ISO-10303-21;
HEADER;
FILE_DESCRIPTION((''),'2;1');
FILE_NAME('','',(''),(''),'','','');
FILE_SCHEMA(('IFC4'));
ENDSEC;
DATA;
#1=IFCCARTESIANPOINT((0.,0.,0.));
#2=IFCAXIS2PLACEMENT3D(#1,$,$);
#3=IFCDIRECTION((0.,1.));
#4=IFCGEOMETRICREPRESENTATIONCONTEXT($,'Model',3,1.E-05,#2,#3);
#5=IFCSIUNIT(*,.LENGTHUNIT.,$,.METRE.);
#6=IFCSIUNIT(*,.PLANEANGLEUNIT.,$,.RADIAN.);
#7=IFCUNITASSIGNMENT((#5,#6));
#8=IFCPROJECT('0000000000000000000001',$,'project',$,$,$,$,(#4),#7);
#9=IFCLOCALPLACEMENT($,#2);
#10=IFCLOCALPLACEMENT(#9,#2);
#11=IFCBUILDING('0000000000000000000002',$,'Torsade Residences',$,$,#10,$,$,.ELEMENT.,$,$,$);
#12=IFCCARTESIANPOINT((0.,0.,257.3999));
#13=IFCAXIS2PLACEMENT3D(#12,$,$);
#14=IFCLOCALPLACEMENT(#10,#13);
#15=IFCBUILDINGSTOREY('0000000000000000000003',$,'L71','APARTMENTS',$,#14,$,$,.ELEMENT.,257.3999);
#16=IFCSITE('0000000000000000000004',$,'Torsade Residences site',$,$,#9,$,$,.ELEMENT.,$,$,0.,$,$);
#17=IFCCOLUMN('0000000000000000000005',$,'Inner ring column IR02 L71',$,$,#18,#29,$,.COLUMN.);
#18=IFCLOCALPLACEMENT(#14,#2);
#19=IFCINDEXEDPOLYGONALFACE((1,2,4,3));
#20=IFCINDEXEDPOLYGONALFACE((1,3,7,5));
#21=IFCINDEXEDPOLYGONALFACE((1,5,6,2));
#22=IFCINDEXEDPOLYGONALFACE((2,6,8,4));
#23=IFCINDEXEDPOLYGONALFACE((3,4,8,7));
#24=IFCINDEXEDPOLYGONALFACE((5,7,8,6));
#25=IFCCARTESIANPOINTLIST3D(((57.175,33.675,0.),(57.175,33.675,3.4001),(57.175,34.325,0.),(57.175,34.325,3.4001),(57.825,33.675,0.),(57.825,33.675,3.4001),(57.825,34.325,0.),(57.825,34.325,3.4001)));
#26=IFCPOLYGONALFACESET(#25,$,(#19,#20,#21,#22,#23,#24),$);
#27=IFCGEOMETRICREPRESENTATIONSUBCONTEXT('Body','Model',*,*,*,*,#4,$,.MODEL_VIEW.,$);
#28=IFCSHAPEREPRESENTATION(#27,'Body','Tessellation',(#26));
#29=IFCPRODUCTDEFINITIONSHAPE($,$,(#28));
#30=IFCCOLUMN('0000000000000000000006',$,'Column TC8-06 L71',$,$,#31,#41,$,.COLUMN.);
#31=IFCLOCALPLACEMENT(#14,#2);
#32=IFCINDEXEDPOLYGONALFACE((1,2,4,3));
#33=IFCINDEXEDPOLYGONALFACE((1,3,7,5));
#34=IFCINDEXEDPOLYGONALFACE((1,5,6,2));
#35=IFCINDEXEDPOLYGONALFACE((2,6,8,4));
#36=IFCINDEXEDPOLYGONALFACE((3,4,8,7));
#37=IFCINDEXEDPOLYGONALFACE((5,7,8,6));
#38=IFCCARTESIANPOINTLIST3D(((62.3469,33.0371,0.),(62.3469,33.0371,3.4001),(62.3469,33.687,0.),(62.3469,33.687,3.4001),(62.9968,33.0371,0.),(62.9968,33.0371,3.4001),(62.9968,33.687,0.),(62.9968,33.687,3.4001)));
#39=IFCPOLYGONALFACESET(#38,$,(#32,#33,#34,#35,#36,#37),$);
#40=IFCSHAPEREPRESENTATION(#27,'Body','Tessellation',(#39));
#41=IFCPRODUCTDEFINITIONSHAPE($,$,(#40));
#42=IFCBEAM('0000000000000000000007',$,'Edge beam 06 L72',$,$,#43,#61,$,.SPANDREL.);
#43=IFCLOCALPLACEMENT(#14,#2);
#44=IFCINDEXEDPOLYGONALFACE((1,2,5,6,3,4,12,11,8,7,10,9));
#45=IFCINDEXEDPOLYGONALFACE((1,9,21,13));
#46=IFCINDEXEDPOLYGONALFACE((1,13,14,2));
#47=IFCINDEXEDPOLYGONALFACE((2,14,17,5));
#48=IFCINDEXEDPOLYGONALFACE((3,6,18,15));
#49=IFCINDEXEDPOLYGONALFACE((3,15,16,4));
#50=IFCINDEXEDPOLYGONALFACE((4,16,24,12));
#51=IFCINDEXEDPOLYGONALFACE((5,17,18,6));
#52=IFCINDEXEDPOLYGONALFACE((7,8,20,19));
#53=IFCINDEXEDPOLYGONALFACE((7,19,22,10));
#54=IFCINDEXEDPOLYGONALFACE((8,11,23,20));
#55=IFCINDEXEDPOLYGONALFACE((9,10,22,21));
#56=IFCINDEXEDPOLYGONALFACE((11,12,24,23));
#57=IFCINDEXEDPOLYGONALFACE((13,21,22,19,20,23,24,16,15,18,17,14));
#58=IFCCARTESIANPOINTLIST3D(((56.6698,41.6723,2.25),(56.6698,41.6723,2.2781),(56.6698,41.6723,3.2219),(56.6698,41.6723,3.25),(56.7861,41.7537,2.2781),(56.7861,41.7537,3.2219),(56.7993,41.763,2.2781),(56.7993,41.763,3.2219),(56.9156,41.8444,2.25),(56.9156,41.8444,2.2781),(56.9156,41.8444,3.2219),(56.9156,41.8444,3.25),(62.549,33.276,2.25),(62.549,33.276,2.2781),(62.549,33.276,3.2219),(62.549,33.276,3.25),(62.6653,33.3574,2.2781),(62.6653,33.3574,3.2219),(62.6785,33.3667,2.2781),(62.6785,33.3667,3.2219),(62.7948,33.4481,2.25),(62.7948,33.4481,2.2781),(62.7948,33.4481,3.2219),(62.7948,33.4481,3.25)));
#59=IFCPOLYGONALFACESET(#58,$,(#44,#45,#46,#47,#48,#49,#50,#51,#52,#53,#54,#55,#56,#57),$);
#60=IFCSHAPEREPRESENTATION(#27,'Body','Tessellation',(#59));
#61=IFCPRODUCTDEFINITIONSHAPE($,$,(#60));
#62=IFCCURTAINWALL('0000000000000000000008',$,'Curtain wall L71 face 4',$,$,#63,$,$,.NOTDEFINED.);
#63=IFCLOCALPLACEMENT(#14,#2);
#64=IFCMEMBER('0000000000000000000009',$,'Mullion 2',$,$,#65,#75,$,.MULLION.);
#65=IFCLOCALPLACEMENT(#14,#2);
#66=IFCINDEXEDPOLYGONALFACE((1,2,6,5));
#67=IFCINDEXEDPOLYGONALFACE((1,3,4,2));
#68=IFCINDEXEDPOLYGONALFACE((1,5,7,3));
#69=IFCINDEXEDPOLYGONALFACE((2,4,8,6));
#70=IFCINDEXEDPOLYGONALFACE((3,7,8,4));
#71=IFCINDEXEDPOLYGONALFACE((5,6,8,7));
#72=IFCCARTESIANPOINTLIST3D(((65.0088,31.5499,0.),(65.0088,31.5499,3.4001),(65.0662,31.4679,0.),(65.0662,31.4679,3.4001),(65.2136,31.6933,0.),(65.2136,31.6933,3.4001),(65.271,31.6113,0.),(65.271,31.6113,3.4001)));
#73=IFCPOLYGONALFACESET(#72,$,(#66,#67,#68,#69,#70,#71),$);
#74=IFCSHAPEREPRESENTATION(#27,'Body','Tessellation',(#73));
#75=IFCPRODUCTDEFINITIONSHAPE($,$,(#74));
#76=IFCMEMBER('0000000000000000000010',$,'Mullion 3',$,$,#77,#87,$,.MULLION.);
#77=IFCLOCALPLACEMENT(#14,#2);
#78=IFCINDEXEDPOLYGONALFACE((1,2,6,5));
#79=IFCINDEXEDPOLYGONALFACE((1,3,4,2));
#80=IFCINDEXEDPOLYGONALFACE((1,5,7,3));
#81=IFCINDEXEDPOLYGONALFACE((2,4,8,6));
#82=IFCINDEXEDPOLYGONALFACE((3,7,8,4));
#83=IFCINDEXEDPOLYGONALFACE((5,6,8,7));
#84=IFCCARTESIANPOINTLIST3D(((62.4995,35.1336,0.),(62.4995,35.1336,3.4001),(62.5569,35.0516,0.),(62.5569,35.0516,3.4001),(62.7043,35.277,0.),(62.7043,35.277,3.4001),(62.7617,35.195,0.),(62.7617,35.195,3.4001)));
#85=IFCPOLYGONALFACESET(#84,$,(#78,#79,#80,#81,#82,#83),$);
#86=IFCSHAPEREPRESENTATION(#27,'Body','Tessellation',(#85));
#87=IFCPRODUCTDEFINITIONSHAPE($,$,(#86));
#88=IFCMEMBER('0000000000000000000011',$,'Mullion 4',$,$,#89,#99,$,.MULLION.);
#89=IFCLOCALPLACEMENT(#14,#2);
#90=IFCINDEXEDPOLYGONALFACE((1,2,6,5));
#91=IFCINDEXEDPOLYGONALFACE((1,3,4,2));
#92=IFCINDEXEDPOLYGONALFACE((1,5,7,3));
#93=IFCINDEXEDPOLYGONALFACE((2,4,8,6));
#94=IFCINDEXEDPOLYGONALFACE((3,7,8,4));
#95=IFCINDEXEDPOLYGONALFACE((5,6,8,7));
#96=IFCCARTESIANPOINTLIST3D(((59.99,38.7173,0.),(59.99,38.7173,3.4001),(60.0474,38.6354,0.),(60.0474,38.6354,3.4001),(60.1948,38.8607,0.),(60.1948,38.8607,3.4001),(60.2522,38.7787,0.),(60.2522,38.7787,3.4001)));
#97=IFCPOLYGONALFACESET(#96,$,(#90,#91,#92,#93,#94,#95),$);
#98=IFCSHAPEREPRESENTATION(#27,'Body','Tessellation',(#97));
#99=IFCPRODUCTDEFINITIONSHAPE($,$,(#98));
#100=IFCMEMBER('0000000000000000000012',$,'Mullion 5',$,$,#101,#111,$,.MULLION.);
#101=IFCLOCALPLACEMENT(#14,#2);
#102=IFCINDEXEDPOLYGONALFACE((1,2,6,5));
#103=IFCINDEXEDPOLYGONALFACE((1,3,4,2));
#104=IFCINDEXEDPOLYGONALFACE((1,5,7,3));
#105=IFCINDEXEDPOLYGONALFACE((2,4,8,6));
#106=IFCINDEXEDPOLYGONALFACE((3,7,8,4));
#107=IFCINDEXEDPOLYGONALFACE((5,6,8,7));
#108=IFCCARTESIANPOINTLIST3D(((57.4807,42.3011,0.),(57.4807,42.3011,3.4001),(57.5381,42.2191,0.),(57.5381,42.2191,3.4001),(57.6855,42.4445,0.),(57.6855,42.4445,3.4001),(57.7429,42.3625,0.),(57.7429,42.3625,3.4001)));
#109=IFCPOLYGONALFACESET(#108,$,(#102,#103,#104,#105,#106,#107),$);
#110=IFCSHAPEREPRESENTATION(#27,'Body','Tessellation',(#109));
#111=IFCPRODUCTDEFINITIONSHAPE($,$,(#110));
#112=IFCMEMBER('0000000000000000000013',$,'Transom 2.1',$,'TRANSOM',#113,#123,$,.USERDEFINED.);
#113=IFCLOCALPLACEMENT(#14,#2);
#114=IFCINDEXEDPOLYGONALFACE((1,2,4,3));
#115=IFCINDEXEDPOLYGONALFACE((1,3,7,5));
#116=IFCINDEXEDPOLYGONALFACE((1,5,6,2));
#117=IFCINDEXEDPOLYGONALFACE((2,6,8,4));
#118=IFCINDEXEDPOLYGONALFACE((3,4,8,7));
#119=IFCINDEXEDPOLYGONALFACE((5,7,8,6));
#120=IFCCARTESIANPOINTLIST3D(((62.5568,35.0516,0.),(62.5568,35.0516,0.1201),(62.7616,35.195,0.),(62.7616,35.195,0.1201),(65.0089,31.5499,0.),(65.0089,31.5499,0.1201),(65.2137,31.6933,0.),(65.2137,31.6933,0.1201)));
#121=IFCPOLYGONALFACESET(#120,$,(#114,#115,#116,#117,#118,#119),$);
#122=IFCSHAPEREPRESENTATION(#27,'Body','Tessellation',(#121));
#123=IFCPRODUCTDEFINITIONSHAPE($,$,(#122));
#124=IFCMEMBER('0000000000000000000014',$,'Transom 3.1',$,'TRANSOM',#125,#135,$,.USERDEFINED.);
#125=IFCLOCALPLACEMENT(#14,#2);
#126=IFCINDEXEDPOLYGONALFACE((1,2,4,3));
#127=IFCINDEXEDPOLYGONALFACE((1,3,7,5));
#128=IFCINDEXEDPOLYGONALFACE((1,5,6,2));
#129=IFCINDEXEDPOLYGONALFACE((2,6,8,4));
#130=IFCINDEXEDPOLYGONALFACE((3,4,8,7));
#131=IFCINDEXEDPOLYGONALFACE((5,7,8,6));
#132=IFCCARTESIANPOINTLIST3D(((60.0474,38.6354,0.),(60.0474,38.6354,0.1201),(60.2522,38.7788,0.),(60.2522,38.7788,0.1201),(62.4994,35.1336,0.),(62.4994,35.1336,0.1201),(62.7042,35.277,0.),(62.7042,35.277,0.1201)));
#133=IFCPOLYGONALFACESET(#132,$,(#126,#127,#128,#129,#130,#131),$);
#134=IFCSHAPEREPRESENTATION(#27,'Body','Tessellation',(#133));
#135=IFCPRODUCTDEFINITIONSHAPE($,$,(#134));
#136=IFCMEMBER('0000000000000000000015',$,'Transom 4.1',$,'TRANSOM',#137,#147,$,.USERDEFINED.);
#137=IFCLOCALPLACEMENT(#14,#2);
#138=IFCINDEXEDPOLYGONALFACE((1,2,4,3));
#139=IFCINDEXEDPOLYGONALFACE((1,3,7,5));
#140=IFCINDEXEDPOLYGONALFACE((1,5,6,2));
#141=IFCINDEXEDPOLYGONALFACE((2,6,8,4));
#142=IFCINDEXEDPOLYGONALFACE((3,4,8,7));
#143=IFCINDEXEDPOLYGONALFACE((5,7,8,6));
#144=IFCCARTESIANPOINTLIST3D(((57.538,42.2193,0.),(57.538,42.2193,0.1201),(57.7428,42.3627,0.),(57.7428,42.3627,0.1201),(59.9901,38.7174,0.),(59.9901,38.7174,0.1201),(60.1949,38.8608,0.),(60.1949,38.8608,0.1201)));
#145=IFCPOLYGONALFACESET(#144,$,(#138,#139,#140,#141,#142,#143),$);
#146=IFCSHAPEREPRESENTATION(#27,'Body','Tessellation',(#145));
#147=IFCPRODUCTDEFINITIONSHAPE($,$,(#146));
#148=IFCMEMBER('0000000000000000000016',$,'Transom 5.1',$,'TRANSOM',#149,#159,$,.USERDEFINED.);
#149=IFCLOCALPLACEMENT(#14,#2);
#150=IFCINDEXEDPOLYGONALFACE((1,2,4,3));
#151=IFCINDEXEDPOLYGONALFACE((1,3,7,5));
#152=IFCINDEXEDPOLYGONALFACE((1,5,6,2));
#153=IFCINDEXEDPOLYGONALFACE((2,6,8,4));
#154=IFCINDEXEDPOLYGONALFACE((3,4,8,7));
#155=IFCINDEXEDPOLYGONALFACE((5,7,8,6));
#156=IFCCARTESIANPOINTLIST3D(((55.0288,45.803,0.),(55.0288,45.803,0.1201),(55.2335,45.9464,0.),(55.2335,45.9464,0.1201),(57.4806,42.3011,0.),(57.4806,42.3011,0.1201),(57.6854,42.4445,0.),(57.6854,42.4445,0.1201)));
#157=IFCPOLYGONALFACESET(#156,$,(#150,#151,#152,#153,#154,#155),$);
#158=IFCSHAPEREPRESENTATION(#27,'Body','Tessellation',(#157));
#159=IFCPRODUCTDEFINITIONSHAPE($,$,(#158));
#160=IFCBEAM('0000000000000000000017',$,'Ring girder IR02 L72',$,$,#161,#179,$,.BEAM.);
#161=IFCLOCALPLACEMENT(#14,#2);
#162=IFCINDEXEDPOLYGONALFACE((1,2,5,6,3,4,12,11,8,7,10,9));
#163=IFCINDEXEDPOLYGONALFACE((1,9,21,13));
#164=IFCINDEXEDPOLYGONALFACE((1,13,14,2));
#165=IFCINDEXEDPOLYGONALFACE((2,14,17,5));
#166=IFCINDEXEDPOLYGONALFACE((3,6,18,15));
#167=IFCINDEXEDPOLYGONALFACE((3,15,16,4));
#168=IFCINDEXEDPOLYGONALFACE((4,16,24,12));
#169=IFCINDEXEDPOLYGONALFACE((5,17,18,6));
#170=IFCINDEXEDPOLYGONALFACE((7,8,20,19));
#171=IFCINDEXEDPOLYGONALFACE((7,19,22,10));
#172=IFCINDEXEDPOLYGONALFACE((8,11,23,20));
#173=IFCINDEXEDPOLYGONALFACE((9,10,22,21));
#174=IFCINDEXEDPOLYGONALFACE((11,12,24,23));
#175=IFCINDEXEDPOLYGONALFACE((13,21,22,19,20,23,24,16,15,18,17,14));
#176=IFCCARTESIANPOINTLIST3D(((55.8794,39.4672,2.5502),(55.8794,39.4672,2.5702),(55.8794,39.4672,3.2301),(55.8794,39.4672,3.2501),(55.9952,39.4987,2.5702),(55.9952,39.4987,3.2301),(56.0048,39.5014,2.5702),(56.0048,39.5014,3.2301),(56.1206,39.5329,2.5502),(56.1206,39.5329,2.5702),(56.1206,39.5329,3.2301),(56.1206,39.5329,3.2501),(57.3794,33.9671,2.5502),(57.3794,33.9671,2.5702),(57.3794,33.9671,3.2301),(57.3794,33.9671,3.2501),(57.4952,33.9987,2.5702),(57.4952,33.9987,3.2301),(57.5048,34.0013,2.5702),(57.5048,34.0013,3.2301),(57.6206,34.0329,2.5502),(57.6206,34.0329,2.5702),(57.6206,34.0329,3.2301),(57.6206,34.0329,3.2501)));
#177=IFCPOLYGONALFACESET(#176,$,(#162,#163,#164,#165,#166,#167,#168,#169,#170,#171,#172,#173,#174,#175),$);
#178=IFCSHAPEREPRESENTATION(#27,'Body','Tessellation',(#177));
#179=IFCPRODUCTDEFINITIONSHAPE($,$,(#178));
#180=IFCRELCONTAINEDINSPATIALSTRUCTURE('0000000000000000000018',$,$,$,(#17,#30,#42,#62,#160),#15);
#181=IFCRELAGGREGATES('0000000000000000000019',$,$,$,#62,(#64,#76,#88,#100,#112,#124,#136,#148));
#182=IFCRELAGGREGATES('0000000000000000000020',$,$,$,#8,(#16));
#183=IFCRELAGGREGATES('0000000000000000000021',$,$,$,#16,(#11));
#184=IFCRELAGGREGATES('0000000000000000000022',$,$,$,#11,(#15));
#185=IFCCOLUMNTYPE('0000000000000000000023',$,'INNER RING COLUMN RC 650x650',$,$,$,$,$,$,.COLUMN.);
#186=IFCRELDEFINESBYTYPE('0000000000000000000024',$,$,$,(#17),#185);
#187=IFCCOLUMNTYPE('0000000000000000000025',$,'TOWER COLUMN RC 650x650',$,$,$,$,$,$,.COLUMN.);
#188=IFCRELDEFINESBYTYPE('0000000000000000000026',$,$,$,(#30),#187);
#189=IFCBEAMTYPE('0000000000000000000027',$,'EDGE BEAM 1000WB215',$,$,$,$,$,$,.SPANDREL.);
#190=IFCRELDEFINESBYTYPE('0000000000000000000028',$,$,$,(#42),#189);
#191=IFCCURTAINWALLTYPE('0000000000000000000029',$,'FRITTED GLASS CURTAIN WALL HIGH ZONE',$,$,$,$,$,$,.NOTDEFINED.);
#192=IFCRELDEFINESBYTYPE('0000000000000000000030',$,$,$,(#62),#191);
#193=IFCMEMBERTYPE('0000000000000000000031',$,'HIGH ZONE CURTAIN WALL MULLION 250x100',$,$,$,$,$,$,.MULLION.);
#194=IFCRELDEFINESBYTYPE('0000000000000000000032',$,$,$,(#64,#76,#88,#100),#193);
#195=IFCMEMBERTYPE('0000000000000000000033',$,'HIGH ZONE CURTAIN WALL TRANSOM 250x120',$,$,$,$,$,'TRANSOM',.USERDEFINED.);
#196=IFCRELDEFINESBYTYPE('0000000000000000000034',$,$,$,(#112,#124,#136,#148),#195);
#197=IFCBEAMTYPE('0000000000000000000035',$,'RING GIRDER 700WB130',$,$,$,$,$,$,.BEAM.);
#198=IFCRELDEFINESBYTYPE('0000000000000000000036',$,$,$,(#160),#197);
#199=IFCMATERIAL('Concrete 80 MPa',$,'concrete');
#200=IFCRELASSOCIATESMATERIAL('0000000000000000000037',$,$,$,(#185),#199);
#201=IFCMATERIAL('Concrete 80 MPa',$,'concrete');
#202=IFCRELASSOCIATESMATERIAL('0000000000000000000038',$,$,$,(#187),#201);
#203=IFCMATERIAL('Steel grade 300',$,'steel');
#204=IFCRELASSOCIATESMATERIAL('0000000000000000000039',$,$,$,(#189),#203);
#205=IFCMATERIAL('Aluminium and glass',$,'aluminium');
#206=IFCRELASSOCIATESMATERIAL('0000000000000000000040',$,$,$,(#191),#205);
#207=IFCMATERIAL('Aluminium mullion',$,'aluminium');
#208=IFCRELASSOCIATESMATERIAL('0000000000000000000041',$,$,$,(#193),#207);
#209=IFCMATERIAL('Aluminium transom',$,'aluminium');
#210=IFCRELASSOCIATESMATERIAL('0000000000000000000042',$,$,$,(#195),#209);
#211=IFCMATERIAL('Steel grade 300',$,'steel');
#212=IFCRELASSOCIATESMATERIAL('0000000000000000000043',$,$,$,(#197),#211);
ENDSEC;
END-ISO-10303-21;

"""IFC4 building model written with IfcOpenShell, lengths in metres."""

from ifc_helpers import new_model, si_unit, direction, frame, origin, origin_2d, place, context, subcontext, project, spatial, rectangle, i_section, extrude, material, material_profile, profile_set, type_object, element, aggregate, save


model = new_model("IFC4")

# Units and contexts
model_context = context("Model", 3, precision=1e-05, world=origin(), true_north=direction((0.0, 1.0)))
body_context = subcontext(model_context, "Body", "Model", "MODEL_VIEW")
ifc_project = project(units=[si_unit("LENGTHUNIT", "METRE"), si_unit("PLANEANGLEUNIT", "RADIAN")], contexts=[model_context])

# Site, building, storey
site_placement = place(None, origin())
site = spatial("IfcSite", under=ifc_project, at=site_placement, Name="Torsade Residences site", CompositionType="ELEMENT", RefElevation=0.0)
building_placement = place(site_placement, origin())
building = spatial("IfcBuilding", under=site, at=building_placement, Name="Torsade Residences", CompositionType="ELEMENT")
storey_placement = place(building_placement, frame((0.0, 0.0, 257.3999)))
storey = spatial("IfcBuildingStorey", under=building, at=storey_placement, Name="L71", Description="APARTMENTS", CompositionType="ELEMENT", Elevation=257.3999)

# Columns
ifc_material_1 = material(Name="Concrete 80 MPa", Category="concrete")
ifc_material_profile_1 = material_profile(ifc_material_1, rectangle(XDim=0.6499, YDim=0.6499, at=origin_2d()), Name="RC 650x650")
ifc_profile_set_1 = profile_set([ifc_material_profile_1], Name="Concrete 80 MPa")
column_type_1 = type_object("IfcColumnType", Name="INNER RING COLUMN RC 650x650", PredefinedType="COLUMN", material=ifc_profile_set_1)
column_1_placement = place(storey_placement, frame((57.5, 34.0, 0.0), z_axis=(0.0, 0.0, 1.0), x_axis=(1.0, 0.0, 0.0)))
element("IfcColumn", 1, at=column_1_placement, inside=storey, type_object=column_type_1, Name="Inner ring column IR02 L71", PredefinedType="COLUMN", context=body_context, shape_type="SweptSolid", body=[
    extrude(rectangle(XDim=0.6499, YDim=0.6499, at=origin_2d()), origin(), (0.0, 0.0, 1.0), 3.4001),
])
ifc_material_2 = material(Name="Concrete 80 MPa", Category="concrete")
ifc_material_profile_2 = material_profile(ifc_material_2, rectangle(XDim=0.6499, YDim=0.6499, at=origin_2d()), Name="RC 650x650")
ifc_profile_set_2 = profile_set([ifc_material_profile_2], Name="Concrete 80 MPa")
column_type_2 = type_object("IfcColumnType", Name="TOWER COLUMN RC 650x650", PredefinedType="COLUMN", material=ifc_profile_set_2)
column_2_placement = place(storey_placement, frame((62.6719, 33.3621, 0.0), z_axis=(0.0, 0.0, 1.0), x_axis=(1.0, 0.0, 0.0)))
element("IfcColumn", 2, at=column_2_placement, inside=storey, type_object=column_type_2, Name="Column TC8-06 L71", PredefinedType="COLUMN", context=body_context, shape_type="SweptSolid", body=[
    extrude(rectangle(XDim=0.6499, YDim=0.6499, at=origin_2d()), origin(), (0.0, 0.0, 1.0), 3.4001),
])

# Beam
ifc_material_3 = material(Name="Steel grade 300", Category="steel")
ifc_material_profile_3 = material_profile(ifc_material_3, i_section(OverallWidth=0.3, OverallDepth=1.0, WebThickness=0.0161, FlangeThickness=0.0281, at=origin_2d()), Name="1000WB215")
ifc_profile_set_3 = profile_set([ifc_material_profile_3], Name="Steel grade 300")
beam_type_1 = type_object("IfcBeamType", Name="EDGE BEAM 1000WB215", PredefinedType="SPANDREL", material=ifc_profile_set_3)
beam_1_placement = place(storey_placement, frame((62.6719, 33.3621, 2.75), z_axis=(-0.573579, 0.81915, 0.0), x_axis=(-0.81915, -0.573579, 0.0)))
element("IfcBeam", 3, at=beam_1_placement, inside=storey, type_object=beam_type_1, Name="Edge beam 06 L72", PredefinedType="SPANDREL", context=body_context, shape_type="SweptSolid", body=[
    extrude(i_section(OverallWidth=0.3, OverallDepth=1.0, WebThickness=0.0161, FlangeThickness=0.0281, at=origin_2d()), origin(), (0.0, 0.0, 1.0), 10.25),
])

# Curtain wall, members
ifc_material_4 = material(Name="Aluminium and glass", Category="aluminium")
curtain_wall_type = type_object("IfcCurtainWallType", Name="FRITTED GLASS CURTAIN WALL HIGH ZONE", PredefinedType="NOTDEFINED", material=ifc_material_4)
curtain_wall_placement = place(storey_placement, origin())
curtain_wall = element("IfcCurtainWall", 4, at=curtain_wall_placement, inside=storey, type_object=curtain_wall_type, Name="Curtain wall L71 face 4", PredefinedType="NOTDEFINED")
ifc_material_5 = material(Name="Aluminium mullion", Category="aluminium")
ifc_material_profile_4 = material_profile(ifc_material_5, rectangle(XDim=0.25, YDim=0.1001, at=origin_2d()), Name="HIGH ZONE CURTAIN WALL MULLION 250x100")
ifc_profile_set_4 = profile_set([ifc_material_profile_4], Name="Aluminium mullion")
member_type_1 = type_object("IfcMemberType", Name="HIGH ZONE CURTAIN WALL MULLION 250x100", PredefinedType="MULLION", material=ifc_profile_set_4)
member_1_placement = place(storey_placement, frame((65.1399, 31.5806, 0.0), z_axis=(0.0, 0.0, 1.0), x_axis=(-0.819152, -0.573576, 0.0)))
member_1 = element("IfcMember", 5, at=member_1_placement, type_object=member_type_1, Name="Mullion 2", PredefinedType="MULLION", context=body_context, shape_type="SweptSolid", body=[
    extrude(rectangle(XDim=0.25, YDim=0.1001, at=origin_2d()), origin(), (0.0, 0.0, 1.0), 3.4001),
])
member_2_placement = place(storey_placement, frame((62.6306, 35.1643, 0.0), z_axis=(0.0, 0.0, 1.0), x_axis=(-0.819152, -0.573576, 0.0)))
member_2 = element("IfcMember", 6, at=member_2_placement, type_object=member_type_1, Name="Mullion 3", PredefinedType="MULLION", context=body_context, shape_type="SweptSolid", body=[
    extrude(rectangle(XDim=0.25, YDim=0.1001, at=origin_2d()), origin(), (0.0, 0.0, 1.0), 3.4001),
])
member_3_placement = place(storey_placement, frame((60.1211, 38.748, 0.0), z_axis=(0.0, 0.0, 1.0), x_axis=(-0.819152, -0.573576, 0.0)))
member_3 = element("IfcMember", 7, at=member_3_placement, type_object=member_type_1, Name="Mullion 4", PredefinedType="MULLION", context=body_context, shape_type="SweptSolid", body=[
    extrude(rectangle(XDim=0.25, YDim=0.1001, at=origin_2d()), origin(), (0.0, 0.0, 1.0), 3.4001),
])
member_4_placement = place(storey_placement, frame((57.6118, 42.3318, 0.0), z_axis=(0.0, 0.0, 1.0), x_axis=(-0.819152, -0.573576, 0.0)))
member_4 = element("IfcMember", 8, at=member_4_placement, type_object=member_type_1, Name="Mullion 5", PredefinedType="MULLION", context=body_context, shape_type="SweptSolid", body=[
    extrude(rectangle(XDim=0.25, YDim=0.1001, at=origin_2d()), origin(), (0.0, 0.0, 1.0), 3.4001),
])
ifc_material_6 = material(Name="Aluminium transom", Category="aluminium")
ifc_material_profile_5 = material_profile(ifc_material_6, rectangle(XDim=0.25, YDim=0.1201, at=origin_2d()), Name="HIGH ZONE CURTAIN WALL TRANSOM 250x120")
ifc_profile_set_5 = profile_set([ifc_material_profile_5], Name="Aluminium transom")
member_type_2 = type_object("IfcMemberType", Name="HIGH ZONE CURTAIN WALL TRANSOM 250x120", ElementType="TRANSOM", PredefinedType="USERDEFINED", material=ifc_profile_set_5)
member_5_placement = place(storey_placement, frame((65.1113, 31.6216, 0.0601), z_axis=(-0.573612, 0.819127, 0.0), x_axis=(-0.819127, -0.573612, 0.0)))
member_5 = element("IfcMember", 9, at=member_5_placement, type_object=member_type_2, Name="Transom 2.1", ObjectType="TRANSOM", PredefinedType="USERDEFINED", context=body_context, shape_type="SweptSolid", body=[
    extrude(rectangle(XDim=0.25, YDim=0.1201, at=origin_2d()), origin(), (0.0, 0.0, 1.0), 4.2749),
])
member_6_placement = place(storey_placement, frame((62.6018, 35.2053, 0.0601), z_axis=(-0.573573, 0.819154, 0.0), x_axis=(-0.819154, -0.573573, 0.0)))
member_6 = element("IfcMember", 10, at=member_6_placement, type_object=member_type_2, Name="Transom 3.1", ObjectType="TRANSOM", PredefinedType="USERDEFINED", context=body_context, shape_type="SweptSolid", body=[
    extrude(rectangle(XDim=0.25, YDim=0.1201, at=origin_2d()), origin(), (0.0, 0.0, 1.0), 4.2749),
])
member_7_placement = place(storey_placement, frame((60.0925, 38.7891, 0.0601), z_axis=(-0.573585, 0.819146, 0.0), x_axis=(-0.819146, -0.573585, 0.0)))
member_7 = element("IfcMember", 11, at=member_7_placement, type_object=member_type_2, Name="Transom 4.1", ObjectType="TRANSOM", PredefinedType="USERDEFINED", context=body_context, shape_type="SweptSolid", body=[
    extrude(rectangle(XDim=0.25, YDim=0.1201, at=origin_2d()), origin(), (0.0, 0.0, 1.0), 4.2751),
])
member_8_placement = place(storey_placement, frame((57.583, 42.3728, 0.0601), z_axis=(-0.573547, 0.819173, 0.0), x_axis=(-0.819173, -0.573547, 0.0)))
member_8 = element("IfcMember", 12, at=member_8_placement, type_object=member_type_2, Name="Transom 5.1", ObjectType="TRANSOM", PredefinedType="USERDEFINED", context=body_context, shape_type="SweptSolid", body=[
    extrude(rectangle(XDim=0.25, YDim=0.1201, at=origin_2d()), origin(), (0.0, 0.0, 1.0), 4.2749),
])

# Beam
ifc_material_7 = material(Name="Steel grade 300", Category="steel")
ifc_material_profile_6 = material_profile(ifc_material_7, i_section(OverallWidth=0.25, OverallDepth=0.7, WebThickness=0.01, FlangeThickness=0.02, at=origin_2d()), Name="700WB130")
ifc_profile_set_6 = profile_set([ifc_material_profile_6], Name="Steel grade 300")
beam_type_2 = type_object("IfcBeamType", Name="RING GIRDER 700WB130", PredefinedType="BEAM", material=ifc_profile_set_6)
beam_2_placement = place(storey_placement, frame((57.5, 34.0, 2.9001), z_axis=(-0.263117, 0.964764, 0.0), x_axis=(-0.964764, -0.263117, 0.0)))
element("IfcBeam", 13, at=beam_2_placement, inside=storey, type_object=beam_type_2, Name="Ring girder IR02 L72", PredefinedType="BEAM", context=body_context, shape_type="SweptSolid", body=[
    extrude(i_section(OverallWidth=0.25, OverallDepth=0.7, WebThickness=0.01, FlangeThickness=0.02, at=origin_2d()), origin(), (0.0, 0.0, 1.0), 5.7009),
])

aggregate(curtain_wall, [member_1, member_2, member_3, member_4, member_5, member_6, member_7, member_8])

save(model, "model.ifc")
